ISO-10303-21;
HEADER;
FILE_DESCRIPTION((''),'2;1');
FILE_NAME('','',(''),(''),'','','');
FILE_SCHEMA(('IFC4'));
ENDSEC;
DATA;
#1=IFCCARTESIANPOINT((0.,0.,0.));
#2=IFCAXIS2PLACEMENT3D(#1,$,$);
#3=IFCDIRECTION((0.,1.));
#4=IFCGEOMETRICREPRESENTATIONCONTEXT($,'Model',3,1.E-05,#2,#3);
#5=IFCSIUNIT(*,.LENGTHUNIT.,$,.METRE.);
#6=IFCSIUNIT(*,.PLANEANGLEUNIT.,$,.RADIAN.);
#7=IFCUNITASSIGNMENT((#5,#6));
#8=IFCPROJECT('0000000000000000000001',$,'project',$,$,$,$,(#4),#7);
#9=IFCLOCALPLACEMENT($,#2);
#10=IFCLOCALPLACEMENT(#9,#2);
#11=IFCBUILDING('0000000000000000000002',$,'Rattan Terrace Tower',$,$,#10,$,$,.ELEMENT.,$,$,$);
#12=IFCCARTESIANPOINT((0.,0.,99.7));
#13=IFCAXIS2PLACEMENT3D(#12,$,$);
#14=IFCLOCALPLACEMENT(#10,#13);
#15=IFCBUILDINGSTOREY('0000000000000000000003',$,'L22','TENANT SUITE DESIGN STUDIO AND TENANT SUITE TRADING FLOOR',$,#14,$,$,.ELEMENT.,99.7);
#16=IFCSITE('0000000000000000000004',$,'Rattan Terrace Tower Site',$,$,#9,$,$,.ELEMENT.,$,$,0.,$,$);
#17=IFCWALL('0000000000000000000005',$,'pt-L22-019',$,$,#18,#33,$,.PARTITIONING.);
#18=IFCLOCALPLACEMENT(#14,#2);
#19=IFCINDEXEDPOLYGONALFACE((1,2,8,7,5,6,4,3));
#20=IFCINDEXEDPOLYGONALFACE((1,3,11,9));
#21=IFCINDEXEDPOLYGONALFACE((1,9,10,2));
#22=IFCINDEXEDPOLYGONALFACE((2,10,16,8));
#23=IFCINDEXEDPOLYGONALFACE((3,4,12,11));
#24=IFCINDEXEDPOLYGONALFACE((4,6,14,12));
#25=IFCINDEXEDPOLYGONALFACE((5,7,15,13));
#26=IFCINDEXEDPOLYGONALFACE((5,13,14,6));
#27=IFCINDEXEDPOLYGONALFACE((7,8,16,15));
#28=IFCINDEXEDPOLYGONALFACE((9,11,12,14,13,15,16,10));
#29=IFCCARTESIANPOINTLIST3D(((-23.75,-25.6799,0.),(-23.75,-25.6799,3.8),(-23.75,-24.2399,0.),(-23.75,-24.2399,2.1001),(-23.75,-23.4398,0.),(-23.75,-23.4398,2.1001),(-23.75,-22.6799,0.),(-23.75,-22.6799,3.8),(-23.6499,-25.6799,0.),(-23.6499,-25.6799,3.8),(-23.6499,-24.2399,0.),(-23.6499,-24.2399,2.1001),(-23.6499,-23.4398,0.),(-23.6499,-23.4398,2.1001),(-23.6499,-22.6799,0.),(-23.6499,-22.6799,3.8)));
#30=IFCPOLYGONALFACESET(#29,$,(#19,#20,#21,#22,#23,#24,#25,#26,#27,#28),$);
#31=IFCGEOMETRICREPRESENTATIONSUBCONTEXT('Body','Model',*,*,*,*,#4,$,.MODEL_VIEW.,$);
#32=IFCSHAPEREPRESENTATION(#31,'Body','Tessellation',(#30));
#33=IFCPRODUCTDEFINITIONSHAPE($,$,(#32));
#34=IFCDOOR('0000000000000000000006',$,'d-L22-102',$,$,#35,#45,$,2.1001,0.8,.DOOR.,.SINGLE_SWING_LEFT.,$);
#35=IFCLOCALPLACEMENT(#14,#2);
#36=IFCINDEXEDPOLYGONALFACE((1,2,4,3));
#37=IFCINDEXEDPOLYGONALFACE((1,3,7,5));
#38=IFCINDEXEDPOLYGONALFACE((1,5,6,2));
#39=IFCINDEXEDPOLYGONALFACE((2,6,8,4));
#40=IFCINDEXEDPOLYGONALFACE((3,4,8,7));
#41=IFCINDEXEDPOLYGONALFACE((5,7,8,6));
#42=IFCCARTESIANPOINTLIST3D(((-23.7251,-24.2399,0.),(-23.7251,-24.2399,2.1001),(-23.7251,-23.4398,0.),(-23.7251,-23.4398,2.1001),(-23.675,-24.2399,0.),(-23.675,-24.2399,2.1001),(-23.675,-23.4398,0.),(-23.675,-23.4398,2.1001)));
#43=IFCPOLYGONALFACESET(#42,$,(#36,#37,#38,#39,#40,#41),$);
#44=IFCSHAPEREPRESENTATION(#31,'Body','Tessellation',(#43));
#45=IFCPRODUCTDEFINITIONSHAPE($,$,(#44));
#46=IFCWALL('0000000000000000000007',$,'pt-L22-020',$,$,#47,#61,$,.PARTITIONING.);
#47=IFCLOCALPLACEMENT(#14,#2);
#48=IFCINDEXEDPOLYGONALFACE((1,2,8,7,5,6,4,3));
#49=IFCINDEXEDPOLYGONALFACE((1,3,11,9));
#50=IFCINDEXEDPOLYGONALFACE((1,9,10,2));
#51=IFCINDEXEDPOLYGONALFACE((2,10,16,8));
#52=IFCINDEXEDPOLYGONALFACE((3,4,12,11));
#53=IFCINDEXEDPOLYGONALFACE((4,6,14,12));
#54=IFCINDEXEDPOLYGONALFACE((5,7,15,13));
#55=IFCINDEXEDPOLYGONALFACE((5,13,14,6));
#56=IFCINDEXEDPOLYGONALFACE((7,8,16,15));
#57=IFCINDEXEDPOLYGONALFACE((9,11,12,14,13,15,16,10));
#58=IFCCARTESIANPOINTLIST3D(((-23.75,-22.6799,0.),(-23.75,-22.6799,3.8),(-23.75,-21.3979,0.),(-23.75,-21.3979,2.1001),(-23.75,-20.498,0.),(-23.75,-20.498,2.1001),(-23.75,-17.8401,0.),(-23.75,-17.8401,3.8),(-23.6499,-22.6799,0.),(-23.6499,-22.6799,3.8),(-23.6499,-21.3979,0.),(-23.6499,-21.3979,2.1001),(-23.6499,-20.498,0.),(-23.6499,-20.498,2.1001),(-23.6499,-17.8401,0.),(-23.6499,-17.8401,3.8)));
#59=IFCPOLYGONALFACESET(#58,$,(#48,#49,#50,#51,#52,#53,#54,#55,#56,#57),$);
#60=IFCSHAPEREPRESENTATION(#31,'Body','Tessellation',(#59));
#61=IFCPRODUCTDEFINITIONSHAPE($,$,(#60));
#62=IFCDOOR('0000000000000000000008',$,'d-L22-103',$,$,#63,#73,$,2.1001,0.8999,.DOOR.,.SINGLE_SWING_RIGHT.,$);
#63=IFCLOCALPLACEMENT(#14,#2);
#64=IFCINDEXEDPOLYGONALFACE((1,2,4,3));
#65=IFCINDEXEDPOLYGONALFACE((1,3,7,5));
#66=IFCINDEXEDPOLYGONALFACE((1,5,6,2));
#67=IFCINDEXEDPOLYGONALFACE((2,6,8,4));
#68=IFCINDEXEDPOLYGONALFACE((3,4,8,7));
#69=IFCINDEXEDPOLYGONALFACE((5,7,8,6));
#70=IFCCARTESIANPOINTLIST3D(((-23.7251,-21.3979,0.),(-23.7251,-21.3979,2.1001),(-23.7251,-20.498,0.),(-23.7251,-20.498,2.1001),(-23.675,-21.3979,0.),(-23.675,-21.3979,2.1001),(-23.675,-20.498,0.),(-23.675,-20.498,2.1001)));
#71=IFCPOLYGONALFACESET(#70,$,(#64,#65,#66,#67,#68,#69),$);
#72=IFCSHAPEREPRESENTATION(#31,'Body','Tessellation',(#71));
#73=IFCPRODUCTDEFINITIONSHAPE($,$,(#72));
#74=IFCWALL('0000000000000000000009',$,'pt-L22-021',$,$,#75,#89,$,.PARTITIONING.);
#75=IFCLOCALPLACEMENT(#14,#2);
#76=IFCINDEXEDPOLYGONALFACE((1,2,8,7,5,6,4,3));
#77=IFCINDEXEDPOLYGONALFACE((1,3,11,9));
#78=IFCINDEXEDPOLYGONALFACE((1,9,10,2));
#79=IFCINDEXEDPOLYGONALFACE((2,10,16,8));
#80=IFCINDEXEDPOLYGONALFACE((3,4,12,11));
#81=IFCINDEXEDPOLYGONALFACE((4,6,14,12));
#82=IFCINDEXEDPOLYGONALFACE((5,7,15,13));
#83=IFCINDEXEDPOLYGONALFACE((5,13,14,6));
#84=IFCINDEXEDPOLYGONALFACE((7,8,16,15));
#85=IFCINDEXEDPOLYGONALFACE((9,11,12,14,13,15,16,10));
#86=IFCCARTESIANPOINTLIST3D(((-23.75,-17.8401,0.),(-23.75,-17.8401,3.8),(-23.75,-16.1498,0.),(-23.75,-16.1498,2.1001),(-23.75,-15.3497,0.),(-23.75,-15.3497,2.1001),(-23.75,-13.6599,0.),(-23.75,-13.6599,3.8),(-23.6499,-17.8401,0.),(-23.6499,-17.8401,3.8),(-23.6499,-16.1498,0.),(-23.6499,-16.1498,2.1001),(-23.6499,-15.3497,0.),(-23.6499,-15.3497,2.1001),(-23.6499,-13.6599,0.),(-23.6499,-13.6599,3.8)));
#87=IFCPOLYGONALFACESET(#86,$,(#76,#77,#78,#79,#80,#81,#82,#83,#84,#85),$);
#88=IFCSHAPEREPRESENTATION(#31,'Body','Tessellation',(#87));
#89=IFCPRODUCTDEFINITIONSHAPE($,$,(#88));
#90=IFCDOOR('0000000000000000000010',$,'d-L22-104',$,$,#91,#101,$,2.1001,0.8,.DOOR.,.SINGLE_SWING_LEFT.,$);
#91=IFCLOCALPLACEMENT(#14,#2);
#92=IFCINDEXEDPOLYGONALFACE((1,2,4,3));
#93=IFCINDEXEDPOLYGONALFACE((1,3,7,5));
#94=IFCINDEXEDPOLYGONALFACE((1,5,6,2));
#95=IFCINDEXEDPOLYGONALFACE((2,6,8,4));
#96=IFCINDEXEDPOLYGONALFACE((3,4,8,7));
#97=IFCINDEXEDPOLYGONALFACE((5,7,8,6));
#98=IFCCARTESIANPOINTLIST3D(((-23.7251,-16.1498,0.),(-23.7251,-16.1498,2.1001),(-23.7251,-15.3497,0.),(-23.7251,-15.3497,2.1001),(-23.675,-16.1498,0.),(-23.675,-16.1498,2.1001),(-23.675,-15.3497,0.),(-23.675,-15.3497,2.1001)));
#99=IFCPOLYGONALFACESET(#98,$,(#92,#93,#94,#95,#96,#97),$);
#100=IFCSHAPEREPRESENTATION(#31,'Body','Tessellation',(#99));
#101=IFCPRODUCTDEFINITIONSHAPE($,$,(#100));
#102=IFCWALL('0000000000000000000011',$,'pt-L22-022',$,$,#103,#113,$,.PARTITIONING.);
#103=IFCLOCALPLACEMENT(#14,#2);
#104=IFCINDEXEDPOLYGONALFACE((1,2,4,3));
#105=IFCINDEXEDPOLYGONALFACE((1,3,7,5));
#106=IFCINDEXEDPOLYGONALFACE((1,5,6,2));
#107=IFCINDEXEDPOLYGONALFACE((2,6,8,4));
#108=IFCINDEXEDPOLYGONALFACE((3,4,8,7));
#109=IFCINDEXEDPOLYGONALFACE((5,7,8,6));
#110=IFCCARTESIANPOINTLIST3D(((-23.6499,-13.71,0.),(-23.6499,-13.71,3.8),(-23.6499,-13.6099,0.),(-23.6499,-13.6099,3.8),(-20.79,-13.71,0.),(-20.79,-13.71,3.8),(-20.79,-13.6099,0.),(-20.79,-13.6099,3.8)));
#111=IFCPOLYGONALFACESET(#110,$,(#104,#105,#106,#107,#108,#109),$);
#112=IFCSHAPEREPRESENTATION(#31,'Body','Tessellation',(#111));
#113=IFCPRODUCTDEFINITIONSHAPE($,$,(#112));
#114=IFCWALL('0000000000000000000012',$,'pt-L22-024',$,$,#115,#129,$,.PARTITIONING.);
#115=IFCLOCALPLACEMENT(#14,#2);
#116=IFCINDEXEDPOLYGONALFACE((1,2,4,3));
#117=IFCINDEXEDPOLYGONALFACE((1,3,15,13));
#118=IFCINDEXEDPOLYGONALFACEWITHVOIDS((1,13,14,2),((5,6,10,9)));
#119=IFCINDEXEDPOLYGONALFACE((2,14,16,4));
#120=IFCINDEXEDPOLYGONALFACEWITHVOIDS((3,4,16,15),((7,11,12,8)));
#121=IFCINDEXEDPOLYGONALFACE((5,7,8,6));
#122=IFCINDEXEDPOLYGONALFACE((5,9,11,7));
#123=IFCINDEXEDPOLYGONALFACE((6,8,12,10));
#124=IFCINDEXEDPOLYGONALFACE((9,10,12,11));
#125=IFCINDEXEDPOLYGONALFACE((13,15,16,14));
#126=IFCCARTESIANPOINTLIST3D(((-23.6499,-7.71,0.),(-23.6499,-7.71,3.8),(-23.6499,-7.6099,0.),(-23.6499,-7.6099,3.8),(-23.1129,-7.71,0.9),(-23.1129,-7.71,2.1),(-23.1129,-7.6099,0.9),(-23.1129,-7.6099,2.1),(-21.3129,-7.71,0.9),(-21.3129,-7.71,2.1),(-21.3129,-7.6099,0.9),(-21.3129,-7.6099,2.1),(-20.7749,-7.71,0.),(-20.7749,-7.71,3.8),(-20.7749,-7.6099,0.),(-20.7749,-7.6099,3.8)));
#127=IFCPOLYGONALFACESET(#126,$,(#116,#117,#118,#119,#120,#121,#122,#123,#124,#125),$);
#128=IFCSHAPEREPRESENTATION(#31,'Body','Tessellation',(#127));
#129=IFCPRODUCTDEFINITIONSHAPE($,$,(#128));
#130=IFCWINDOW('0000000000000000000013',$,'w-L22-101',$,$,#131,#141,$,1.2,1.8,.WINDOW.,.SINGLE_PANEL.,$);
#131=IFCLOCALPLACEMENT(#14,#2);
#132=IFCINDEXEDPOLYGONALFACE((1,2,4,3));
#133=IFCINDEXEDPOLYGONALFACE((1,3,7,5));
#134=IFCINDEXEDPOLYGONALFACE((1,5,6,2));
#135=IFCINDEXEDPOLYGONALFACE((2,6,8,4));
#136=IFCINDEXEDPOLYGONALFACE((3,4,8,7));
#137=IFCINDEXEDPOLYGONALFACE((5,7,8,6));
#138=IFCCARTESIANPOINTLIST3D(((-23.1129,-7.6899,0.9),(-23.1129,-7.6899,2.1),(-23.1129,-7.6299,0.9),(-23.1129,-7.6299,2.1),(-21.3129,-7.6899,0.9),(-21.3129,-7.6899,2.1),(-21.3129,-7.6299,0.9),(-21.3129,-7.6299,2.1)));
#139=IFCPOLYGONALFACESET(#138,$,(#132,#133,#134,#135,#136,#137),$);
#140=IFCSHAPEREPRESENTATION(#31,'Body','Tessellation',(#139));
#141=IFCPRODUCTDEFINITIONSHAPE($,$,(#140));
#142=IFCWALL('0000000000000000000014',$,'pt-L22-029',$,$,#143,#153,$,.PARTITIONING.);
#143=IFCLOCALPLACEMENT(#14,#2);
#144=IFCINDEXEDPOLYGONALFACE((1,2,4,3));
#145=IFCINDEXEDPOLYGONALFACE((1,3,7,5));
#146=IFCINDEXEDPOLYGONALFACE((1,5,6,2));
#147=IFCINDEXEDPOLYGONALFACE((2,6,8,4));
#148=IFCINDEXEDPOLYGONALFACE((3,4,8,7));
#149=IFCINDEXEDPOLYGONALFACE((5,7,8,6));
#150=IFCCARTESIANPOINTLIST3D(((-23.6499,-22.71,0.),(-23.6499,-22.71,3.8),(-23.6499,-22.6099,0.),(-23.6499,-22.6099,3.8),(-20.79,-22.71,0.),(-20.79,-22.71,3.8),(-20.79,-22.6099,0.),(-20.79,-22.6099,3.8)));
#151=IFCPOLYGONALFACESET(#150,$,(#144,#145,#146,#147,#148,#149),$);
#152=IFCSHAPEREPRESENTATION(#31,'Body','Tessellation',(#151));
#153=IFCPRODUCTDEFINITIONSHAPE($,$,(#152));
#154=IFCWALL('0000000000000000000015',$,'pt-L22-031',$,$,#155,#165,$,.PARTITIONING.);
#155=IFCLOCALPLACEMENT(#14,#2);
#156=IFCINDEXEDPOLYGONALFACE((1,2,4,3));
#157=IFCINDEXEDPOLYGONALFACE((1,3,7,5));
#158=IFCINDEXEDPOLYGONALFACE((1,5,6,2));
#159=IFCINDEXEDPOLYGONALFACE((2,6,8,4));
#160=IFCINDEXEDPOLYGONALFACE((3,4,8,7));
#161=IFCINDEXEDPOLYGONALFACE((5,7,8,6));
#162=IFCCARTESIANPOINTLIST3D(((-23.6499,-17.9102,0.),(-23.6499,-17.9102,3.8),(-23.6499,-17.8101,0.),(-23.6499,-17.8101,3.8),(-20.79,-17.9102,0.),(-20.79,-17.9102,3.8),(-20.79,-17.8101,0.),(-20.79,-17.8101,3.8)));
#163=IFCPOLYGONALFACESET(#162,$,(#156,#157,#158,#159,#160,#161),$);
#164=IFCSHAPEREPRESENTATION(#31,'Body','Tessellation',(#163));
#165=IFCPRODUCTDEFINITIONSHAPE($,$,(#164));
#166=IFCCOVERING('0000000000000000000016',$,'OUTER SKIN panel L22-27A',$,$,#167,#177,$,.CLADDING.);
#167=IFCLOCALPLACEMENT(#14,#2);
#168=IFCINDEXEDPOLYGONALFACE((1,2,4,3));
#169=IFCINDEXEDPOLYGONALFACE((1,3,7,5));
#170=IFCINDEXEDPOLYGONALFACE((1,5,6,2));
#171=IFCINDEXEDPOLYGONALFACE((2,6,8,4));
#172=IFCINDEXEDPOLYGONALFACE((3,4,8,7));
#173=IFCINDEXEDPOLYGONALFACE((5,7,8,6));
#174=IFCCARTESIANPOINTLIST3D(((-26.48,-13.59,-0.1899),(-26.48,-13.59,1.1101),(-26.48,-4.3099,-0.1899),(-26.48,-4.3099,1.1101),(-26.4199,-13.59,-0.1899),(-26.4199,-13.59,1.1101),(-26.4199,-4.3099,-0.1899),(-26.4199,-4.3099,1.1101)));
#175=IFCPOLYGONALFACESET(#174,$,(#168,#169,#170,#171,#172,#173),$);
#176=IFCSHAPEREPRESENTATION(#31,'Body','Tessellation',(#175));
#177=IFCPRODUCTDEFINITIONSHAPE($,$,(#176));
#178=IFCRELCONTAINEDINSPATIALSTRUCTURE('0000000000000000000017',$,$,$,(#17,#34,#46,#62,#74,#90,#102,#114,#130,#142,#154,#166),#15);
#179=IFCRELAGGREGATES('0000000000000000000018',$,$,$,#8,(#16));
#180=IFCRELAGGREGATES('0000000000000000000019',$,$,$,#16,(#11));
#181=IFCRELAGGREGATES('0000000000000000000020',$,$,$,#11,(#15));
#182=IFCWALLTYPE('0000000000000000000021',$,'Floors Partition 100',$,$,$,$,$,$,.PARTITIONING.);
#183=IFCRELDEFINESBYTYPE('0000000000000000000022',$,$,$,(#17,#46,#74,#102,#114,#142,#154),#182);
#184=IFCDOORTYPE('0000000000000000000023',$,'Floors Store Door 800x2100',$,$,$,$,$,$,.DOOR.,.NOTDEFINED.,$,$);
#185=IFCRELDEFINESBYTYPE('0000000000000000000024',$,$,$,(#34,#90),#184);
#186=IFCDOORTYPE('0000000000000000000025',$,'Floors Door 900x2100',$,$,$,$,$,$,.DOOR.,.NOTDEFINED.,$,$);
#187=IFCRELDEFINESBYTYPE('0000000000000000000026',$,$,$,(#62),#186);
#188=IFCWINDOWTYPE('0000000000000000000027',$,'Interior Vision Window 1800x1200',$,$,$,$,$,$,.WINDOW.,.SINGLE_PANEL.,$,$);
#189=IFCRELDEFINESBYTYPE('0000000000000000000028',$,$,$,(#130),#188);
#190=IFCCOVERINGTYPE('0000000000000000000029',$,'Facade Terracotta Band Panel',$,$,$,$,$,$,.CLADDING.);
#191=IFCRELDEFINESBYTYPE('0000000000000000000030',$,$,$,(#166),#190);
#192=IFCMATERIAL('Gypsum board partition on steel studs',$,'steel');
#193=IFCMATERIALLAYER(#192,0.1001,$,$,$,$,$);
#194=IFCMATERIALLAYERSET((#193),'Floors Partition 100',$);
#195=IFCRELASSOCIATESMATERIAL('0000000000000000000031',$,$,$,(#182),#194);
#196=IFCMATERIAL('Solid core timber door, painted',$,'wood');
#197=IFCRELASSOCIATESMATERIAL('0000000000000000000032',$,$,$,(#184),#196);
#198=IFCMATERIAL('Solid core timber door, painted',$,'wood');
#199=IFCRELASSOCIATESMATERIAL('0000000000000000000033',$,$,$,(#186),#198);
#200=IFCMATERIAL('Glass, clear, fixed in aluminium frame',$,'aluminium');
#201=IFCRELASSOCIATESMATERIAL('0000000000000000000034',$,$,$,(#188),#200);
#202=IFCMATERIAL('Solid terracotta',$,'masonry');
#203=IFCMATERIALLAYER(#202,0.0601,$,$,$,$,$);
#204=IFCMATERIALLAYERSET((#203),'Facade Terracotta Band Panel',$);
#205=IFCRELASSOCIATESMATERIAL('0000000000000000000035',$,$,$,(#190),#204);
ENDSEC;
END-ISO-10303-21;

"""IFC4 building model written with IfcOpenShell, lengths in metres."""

from ifc_helpers import new_model, si_unit, direction, frame, frame_2d, origin, origin_2d, place, context, subcontext, project, spatial, rectangle, extrude, material, layer, layer_set, type_object, element, fill, save


model = new_model("IFC4")

# Units and contexts
model_context = context("Model", 3, precision=1e-05, world=origin(), true_north=direction((0.0, 1.0)))
body_context = subcontext(model_context, "Body", "Model", "MODEL_VIEW")
ifc_project = project(units=[si_unit("LENGTHUNIT", "METRE"), si_unit("PLANEANGLEUNIT", "RADIAN")], contexts=[model_context])

# Site, building, storey
site_placement = place(None, origin())
site = spatial("IfcSite", under=ifc_project, at=site_placement, Name="Rattan Terrace Tower Site", CompositionType="ELEMENT", RefElevation=0.0)
building_placement = place(site_placement, origin())
building = spatial("IfcBuilding", under=site, at=building_placement, Name="Rattan Terrace Tower", CompositionType="ELEMENT")
storey_placement = place(building_placement, frame((0.0, 0.0, 99.7)))
storey = spatial("IfcBuildingStorey", under=building, at=storey_placement, Name="L22", Description="TENANT SUITE DESIGN STUDIO AND TENANT SUITE TRADING FLOOR", CompositionType="ELEMENT", Elevation=99.7)

# Walls, openings, doors
ifc_material_1 = material(Name="Gypsum board partition on steel studs", Category="steel")
ifc_layer_1 = layer(ifc_material_1, 0.1001)
ifc_layer_set_1 = layer_set([ifc_layer_1], Name="Floors Partition 100")
wall_type = type_object("IfcWallType", Name="Floors Partition 100", PredefinedType="PARTITIONING", material=ifc_layer_set_1)
wall_1_placement = place(storey_placement, frame((-23.7, -22.6799, 0.0), z_axis=(0.0, 0.0, 1.0), x_axis=(0.0, -1.0, 0.0)))
wall_1 = element("IfcWall", 1, at=wall_1_placement, inside=storey, type_object=wall_type, Name="pt-L22-019", PredefinedType="PARTITIONING", context=body_context, shape_type="SweptSolid", body=[
    extrude(rectangle(XDim=3.0, YDim=0.1001, at=frame_2d((1.5, 0.0))), origin(), (0.0, 0.0, 1.0), 3.8),
])
opening_1_placement = place(wall_1_placement, frame((0.76, 0.0, 0.0)))
opening_1 = element("IfcOpeningElement", 2, at=opening_1_placement, cuts=wall_1, PredefinedType="OPENING", context=body_context, shape_type="SweptSolid", body=[
    extrude(rectangle(XDim=0.8, YDim=2.1001, at=frame_2d((0.3999, 1.05))), frame((0.0, 0.0605, 0.0), z_axis=(0.0, -1.0, 0.0), x_axis=(1.0, 0.0, 0.0)), (0.0, 0.0, 1.0), 0.1211),
])
ifc_material_2 = material(Name="Solid core timber door, painted", Category="wood")
door_type_1 = type_object("IfcDoorType", Name="Floors Store Door 800x2100", OperationType="NOTDEFINED", PredefinedType="DOOR", material=ifc_material_2)
door_1_placement = place(opening_1_placement, origin())
door_1 = element("IfcDoor", 3, at=door_1_placement, inside=storey, type_object=door_type_1, Name="d-L22-102", OperationType="SINGLE_SWING_LEFT", OverallHeight=2.1001, OverallWidth=0.8, PredefinedType="DOOR", context=body_context, shape_type="SweptSolid", body=[
    extrude(rectangle(XDim=0.8, YDim=2.1001, at=frame_2d((0.3999, 1.05))), frame((0.0, 0.0249, 0.0), z_axis=(0.0, -1.0, 0.0), x_axis=(1.0, 0.0, 0.0)), (0.0, 0.0, 1.0), 0.05),
])
fill(opening_1, door_1)
wall_2_placement = place(storey_placement, frame((-23.7, -17.8401, 0.0), z_axis=(0.0, 0.0, 1.0), x_axis=(0.0, -1.0, 0.0)))
wall_2 = element("IfcWall", 4, at=wall_2_placement, inside=storey, type_object=wall_type, Name="pt-L22-020", PredefinedType="PARTITIONING", context=body_context, shape_type="SweptSolid", body=[
    extrude(rectangle(XDim=4.8398, YDim=0.1001, at=frame_2d((2.4199, 0.0))), origin(), (0.0, 0.0, 1.0), 3.8),
])
opening_2_placement = place(wall_2_placement, frame((2.658, 0.0, 0.0)))
opening_2 = element("IfcOpeningElement", 5, at=opening_2_placement, cuts=wall_2, PredefinedType="OPENING", context=body_context, shape_type="SweptSolid", body=[
    extrude(rectangle(XDim=0.8999, YDim=2.1001, at=frame_2d((0.45, 1.05))), frame((0.0, 0.0605, 0.0), z_axis=(0.0, -1.0, 0.0), x_axis=(1.0, 0.0, 0.0)), (0.0, 0.0, 1.0), 0.1211),
])
ifc_material_3 = material(Name="Solid core timber door, painted", Category="wood")
door_type_2 = type_object("IfcDoorType", Name="Floors Door 900x2100", OperationType="NOTDEFINED", PredefinedType="DOOR", material=ifc_material_3)
door_2_placement = place(opening_2_placement, origin())
door_2 = element("IfcDoor", 6, at=door_2_placement, inside=storey, type_object=door_type_2, Name="d-L22-103", OperationType="SINGLE_SWING_RIGHT", OverallHeight=2.1001, OverallWidth=0.8999, PredefinedType="DOOR", context=body_context, shape_type="SweptSolid", body=[
    extrude(rectangle(XDim=0.8999, YDim=2.1001, at=frame_2d((0.45, 1.05))), frame((0.0, 0.0249, 0.0), z_axis=(0.0, -1.0, 0.0), x_axis=(1.0, 0.0, 0.0)), (0.0, 0.0, 1.0), 0.05),
])
fill(opening_2, door_2)
wall_3_placement = place(storey_placement, frame((-23.7, -13.6599, 0.0), z_axis=(0.0, 0.0, 1.0), x_axis=(0.0, -1.0, 0.0)))
wall_3 = element("IfcWall", 7, at=wall_3_placement, inside=storey, type_object=wall_type, Name="pt-L22-021", PredefinedType="PARTITIONING", context=body_context, shape_type="SweptSolid", body=[
    extrude(rectangle(XDim=4.1802, YDim=0.1001, at=frame_2d((2.0901, 0.0))), origin(), (0.0, 0.0, 1.0), 3.8),
])
opening_3_placement = place(wall_3_placement, frame((1.6899, 0.0, 0.0)))
opening_3 = element("IfcOpeningElement", 8, at=opening_3_placement, cuts=wall_3, PredefinedType="OPENING", context=body_context, shape_type="SweptSolid", body=[
    extrude(rectangle(XDim=0.8, YDim=2.1001, at=frame_2d((0.3999, 1.05))), frame((0.0, 0.0605, 0.0), z_axis=(0.0, -1.0, 0.0), x_axis=(1.0, 0.0, 0.0)), (0.0, 0.0, 1.0), 0.1211),
])
door_3_placement = place(opening_3_placement, origin())
door_3 = element("IfcDoor", 9, at=door_3_placement, inside=storey, type_object=door_type_1, Name="d-L22-104", OperationType="SINGLE_SWING_LEFT", OverallHeight=2.1001, OverallWidth=0.8, PredefinedType="DOOR", context=body_context, shape_type="SweptSolid", body=[
    extrude(rectangle(XDim=0.8, YDim=2.1001, at=frame_2d((0.3999, 1.05))), frame((0.0, 0.0249, 0.0), z_axis=(0.0, -1.0, 0.0), x_axis=(1.0, 0.0, 0.0)), (0.0, 0.0, 1.0), 0.05),
])
fill(opening_3, door_3)

# Wall
wall_4_placement = place(storey_placement, frame((-20.79, -13.6599, 0.0), z_axis=(0.0, 0.0, 1.0), x_axis=(-1.0, 0.0, 0.0)))
element("IfcWall", 10, at=wall_4_placement, inside=storey, type_object=wall_type, Name="pt-L22-022", PredefinedType="PARTITIONING", context=body_context, shape_type="SweptSolid", body=[
    extrude(rectangle(XDim=2.8599, YDim=0.1001, at=frame_2d((1.4299, 0.0))), origin(), (0.0, 0.0, 1.0), 3.8),
])

# Wall, opening, window
wall_5_placement = place(storey_placement, frame((-23.6499, -7.6599, 0.0), z_axis=(0.0, 0.0, 1.0), x_axis=(1.0, 0.0, 0.0)))
wall_5 = element("IfcWall", 11, at=wall_5_placement, inside=storey, type_object=wall_type, Name="pt-L22-024", PredefinedType="PARTITIONING", context=body_context, shape_type="SweptSolid", body=[
    extrude(rectangle(XDim=2.875, YDim=0.1001, at=frame_2d((1.4375, 0.0))), origin(), (0.0, 0.0, 1.0), 3.8),
])
opening_4_placement = place(wall_5_placement, frame((0.5371, 0.0, 0.8999)))
opening_4 = element("IfcOpeningElement", 12, at=opening_4_placement, cuts=wall_5, PredefinedType="OPENING", context=body_context, shape_type="SweptSolid", body=[
    extrude(rectangle(XDim=1.8, YDim=1.2, at=frame_2d((0.8999, 0.6001))), frame((0.0, 0.0605, 0.0), z_axis=(0.0, -1.0, 0.0), x_axis=(1.0, 0.0, 0.0)), (0.0, 0.0, 1.0), 0.1211),
])
ifc_material_4 = material(Name="Glass, clear, fixed in aluminium frame", Category="aluminium")
window_type = type_object("IfcWindowType", Name="Interior Vision Window 1800x1200", PartitioningType="SINGLE_PANEL", PredefinedType="WINDOW", material=ifc_material_4)
window_placement = place(opening_4_placement, origin())
window = element("IfcWindow", 13, at=window_placement, inside=storey, type_object=window_type, Name="w-L22-101", OverallHeight=1.2, OverallWidth=1.8, PartitioningType="SINGLE_PANEL", PredefinedType="WINDOW", context=body_context, shape_type="SweptSolid", body=[
    extrude(rectangle(XDim=1.8, YDim=1.2, at=frame_2d((0.8999, 0.6001))), frame((0.0, 0.03, 0.0), z_axis=(0.0, -1.0, 0.0), x_axis=(1.0, 0.0, 0.0)), (0.0, 0.0, 1.0), 0.0601),
])
fill(opening_4, window)

# Walls
for number, where, z_axis, x_axis, name in (
    (14, (-23.6499, -22.6599, 0.0), (0.0, 0.0, 1.0), (1.0, 0.0, 0.0), "pt-L22-029"),
    (15, (-23.6499, -17.8601, 0.0), (0.0, 0.0, 1.0), (1.0, 0.0, 0.0), "pt-L22-031"),
):
    element("IfcWall", number, at=place(storey_placement, frame(where, z_axis=z_axis, x_axis=x_axis)), inside=storey, type_object=wall_type, Name=name, PredefinedType="PARTITIONING", context=body_context, shape_type="SweptSolid", body=[
        extrude(rectangle(XDim=2.8599, YDim=0.1001, at=frame_2d((1.4299, 0.0))), origin(), (0.0, 0.0, 1.0), 3.8),
    ])

# Covering
ifc_material_5 = material(Name="Solid terracotta", Category="masonry")
ifc_layer_2 = layer(ifc_material_5, 0.0601)
ifc_layer_set_2 = layer_set([ifc_layer_2], Name="Facade Terracotta Band Panel")
covering_type_1 = type_object("IfcCoveringType", Name="Facade Terracotta Band Panel", PredefinedType="CLADDING", material=ifc_layer_set_2)
for number, where, z_axis, x_axis, name in (
    (16, (-26.45, -8.95, -0.1899), (0.0, 0.0, 1.0), (0.0, -1.0, 0.0), "OUTER SKIN panel L22-27A"),
):
    element("IfcCovering", number, at=place(storey_placement, frame(where, z_axis=z_axis, x_axis=x_axis)), inside=storey, type_object=covering_type_1, Name=name, PredefinedType="CLADDING", context=body_context, shape_type="SweptSolid", body=[
        extrude(rectangle(XDim=9.28, YDim=0.0601, at=origin_2d()), origin(), (0.0, 0.0, 1.0), 1.3),
    ])

save(model, "model.ifc")
